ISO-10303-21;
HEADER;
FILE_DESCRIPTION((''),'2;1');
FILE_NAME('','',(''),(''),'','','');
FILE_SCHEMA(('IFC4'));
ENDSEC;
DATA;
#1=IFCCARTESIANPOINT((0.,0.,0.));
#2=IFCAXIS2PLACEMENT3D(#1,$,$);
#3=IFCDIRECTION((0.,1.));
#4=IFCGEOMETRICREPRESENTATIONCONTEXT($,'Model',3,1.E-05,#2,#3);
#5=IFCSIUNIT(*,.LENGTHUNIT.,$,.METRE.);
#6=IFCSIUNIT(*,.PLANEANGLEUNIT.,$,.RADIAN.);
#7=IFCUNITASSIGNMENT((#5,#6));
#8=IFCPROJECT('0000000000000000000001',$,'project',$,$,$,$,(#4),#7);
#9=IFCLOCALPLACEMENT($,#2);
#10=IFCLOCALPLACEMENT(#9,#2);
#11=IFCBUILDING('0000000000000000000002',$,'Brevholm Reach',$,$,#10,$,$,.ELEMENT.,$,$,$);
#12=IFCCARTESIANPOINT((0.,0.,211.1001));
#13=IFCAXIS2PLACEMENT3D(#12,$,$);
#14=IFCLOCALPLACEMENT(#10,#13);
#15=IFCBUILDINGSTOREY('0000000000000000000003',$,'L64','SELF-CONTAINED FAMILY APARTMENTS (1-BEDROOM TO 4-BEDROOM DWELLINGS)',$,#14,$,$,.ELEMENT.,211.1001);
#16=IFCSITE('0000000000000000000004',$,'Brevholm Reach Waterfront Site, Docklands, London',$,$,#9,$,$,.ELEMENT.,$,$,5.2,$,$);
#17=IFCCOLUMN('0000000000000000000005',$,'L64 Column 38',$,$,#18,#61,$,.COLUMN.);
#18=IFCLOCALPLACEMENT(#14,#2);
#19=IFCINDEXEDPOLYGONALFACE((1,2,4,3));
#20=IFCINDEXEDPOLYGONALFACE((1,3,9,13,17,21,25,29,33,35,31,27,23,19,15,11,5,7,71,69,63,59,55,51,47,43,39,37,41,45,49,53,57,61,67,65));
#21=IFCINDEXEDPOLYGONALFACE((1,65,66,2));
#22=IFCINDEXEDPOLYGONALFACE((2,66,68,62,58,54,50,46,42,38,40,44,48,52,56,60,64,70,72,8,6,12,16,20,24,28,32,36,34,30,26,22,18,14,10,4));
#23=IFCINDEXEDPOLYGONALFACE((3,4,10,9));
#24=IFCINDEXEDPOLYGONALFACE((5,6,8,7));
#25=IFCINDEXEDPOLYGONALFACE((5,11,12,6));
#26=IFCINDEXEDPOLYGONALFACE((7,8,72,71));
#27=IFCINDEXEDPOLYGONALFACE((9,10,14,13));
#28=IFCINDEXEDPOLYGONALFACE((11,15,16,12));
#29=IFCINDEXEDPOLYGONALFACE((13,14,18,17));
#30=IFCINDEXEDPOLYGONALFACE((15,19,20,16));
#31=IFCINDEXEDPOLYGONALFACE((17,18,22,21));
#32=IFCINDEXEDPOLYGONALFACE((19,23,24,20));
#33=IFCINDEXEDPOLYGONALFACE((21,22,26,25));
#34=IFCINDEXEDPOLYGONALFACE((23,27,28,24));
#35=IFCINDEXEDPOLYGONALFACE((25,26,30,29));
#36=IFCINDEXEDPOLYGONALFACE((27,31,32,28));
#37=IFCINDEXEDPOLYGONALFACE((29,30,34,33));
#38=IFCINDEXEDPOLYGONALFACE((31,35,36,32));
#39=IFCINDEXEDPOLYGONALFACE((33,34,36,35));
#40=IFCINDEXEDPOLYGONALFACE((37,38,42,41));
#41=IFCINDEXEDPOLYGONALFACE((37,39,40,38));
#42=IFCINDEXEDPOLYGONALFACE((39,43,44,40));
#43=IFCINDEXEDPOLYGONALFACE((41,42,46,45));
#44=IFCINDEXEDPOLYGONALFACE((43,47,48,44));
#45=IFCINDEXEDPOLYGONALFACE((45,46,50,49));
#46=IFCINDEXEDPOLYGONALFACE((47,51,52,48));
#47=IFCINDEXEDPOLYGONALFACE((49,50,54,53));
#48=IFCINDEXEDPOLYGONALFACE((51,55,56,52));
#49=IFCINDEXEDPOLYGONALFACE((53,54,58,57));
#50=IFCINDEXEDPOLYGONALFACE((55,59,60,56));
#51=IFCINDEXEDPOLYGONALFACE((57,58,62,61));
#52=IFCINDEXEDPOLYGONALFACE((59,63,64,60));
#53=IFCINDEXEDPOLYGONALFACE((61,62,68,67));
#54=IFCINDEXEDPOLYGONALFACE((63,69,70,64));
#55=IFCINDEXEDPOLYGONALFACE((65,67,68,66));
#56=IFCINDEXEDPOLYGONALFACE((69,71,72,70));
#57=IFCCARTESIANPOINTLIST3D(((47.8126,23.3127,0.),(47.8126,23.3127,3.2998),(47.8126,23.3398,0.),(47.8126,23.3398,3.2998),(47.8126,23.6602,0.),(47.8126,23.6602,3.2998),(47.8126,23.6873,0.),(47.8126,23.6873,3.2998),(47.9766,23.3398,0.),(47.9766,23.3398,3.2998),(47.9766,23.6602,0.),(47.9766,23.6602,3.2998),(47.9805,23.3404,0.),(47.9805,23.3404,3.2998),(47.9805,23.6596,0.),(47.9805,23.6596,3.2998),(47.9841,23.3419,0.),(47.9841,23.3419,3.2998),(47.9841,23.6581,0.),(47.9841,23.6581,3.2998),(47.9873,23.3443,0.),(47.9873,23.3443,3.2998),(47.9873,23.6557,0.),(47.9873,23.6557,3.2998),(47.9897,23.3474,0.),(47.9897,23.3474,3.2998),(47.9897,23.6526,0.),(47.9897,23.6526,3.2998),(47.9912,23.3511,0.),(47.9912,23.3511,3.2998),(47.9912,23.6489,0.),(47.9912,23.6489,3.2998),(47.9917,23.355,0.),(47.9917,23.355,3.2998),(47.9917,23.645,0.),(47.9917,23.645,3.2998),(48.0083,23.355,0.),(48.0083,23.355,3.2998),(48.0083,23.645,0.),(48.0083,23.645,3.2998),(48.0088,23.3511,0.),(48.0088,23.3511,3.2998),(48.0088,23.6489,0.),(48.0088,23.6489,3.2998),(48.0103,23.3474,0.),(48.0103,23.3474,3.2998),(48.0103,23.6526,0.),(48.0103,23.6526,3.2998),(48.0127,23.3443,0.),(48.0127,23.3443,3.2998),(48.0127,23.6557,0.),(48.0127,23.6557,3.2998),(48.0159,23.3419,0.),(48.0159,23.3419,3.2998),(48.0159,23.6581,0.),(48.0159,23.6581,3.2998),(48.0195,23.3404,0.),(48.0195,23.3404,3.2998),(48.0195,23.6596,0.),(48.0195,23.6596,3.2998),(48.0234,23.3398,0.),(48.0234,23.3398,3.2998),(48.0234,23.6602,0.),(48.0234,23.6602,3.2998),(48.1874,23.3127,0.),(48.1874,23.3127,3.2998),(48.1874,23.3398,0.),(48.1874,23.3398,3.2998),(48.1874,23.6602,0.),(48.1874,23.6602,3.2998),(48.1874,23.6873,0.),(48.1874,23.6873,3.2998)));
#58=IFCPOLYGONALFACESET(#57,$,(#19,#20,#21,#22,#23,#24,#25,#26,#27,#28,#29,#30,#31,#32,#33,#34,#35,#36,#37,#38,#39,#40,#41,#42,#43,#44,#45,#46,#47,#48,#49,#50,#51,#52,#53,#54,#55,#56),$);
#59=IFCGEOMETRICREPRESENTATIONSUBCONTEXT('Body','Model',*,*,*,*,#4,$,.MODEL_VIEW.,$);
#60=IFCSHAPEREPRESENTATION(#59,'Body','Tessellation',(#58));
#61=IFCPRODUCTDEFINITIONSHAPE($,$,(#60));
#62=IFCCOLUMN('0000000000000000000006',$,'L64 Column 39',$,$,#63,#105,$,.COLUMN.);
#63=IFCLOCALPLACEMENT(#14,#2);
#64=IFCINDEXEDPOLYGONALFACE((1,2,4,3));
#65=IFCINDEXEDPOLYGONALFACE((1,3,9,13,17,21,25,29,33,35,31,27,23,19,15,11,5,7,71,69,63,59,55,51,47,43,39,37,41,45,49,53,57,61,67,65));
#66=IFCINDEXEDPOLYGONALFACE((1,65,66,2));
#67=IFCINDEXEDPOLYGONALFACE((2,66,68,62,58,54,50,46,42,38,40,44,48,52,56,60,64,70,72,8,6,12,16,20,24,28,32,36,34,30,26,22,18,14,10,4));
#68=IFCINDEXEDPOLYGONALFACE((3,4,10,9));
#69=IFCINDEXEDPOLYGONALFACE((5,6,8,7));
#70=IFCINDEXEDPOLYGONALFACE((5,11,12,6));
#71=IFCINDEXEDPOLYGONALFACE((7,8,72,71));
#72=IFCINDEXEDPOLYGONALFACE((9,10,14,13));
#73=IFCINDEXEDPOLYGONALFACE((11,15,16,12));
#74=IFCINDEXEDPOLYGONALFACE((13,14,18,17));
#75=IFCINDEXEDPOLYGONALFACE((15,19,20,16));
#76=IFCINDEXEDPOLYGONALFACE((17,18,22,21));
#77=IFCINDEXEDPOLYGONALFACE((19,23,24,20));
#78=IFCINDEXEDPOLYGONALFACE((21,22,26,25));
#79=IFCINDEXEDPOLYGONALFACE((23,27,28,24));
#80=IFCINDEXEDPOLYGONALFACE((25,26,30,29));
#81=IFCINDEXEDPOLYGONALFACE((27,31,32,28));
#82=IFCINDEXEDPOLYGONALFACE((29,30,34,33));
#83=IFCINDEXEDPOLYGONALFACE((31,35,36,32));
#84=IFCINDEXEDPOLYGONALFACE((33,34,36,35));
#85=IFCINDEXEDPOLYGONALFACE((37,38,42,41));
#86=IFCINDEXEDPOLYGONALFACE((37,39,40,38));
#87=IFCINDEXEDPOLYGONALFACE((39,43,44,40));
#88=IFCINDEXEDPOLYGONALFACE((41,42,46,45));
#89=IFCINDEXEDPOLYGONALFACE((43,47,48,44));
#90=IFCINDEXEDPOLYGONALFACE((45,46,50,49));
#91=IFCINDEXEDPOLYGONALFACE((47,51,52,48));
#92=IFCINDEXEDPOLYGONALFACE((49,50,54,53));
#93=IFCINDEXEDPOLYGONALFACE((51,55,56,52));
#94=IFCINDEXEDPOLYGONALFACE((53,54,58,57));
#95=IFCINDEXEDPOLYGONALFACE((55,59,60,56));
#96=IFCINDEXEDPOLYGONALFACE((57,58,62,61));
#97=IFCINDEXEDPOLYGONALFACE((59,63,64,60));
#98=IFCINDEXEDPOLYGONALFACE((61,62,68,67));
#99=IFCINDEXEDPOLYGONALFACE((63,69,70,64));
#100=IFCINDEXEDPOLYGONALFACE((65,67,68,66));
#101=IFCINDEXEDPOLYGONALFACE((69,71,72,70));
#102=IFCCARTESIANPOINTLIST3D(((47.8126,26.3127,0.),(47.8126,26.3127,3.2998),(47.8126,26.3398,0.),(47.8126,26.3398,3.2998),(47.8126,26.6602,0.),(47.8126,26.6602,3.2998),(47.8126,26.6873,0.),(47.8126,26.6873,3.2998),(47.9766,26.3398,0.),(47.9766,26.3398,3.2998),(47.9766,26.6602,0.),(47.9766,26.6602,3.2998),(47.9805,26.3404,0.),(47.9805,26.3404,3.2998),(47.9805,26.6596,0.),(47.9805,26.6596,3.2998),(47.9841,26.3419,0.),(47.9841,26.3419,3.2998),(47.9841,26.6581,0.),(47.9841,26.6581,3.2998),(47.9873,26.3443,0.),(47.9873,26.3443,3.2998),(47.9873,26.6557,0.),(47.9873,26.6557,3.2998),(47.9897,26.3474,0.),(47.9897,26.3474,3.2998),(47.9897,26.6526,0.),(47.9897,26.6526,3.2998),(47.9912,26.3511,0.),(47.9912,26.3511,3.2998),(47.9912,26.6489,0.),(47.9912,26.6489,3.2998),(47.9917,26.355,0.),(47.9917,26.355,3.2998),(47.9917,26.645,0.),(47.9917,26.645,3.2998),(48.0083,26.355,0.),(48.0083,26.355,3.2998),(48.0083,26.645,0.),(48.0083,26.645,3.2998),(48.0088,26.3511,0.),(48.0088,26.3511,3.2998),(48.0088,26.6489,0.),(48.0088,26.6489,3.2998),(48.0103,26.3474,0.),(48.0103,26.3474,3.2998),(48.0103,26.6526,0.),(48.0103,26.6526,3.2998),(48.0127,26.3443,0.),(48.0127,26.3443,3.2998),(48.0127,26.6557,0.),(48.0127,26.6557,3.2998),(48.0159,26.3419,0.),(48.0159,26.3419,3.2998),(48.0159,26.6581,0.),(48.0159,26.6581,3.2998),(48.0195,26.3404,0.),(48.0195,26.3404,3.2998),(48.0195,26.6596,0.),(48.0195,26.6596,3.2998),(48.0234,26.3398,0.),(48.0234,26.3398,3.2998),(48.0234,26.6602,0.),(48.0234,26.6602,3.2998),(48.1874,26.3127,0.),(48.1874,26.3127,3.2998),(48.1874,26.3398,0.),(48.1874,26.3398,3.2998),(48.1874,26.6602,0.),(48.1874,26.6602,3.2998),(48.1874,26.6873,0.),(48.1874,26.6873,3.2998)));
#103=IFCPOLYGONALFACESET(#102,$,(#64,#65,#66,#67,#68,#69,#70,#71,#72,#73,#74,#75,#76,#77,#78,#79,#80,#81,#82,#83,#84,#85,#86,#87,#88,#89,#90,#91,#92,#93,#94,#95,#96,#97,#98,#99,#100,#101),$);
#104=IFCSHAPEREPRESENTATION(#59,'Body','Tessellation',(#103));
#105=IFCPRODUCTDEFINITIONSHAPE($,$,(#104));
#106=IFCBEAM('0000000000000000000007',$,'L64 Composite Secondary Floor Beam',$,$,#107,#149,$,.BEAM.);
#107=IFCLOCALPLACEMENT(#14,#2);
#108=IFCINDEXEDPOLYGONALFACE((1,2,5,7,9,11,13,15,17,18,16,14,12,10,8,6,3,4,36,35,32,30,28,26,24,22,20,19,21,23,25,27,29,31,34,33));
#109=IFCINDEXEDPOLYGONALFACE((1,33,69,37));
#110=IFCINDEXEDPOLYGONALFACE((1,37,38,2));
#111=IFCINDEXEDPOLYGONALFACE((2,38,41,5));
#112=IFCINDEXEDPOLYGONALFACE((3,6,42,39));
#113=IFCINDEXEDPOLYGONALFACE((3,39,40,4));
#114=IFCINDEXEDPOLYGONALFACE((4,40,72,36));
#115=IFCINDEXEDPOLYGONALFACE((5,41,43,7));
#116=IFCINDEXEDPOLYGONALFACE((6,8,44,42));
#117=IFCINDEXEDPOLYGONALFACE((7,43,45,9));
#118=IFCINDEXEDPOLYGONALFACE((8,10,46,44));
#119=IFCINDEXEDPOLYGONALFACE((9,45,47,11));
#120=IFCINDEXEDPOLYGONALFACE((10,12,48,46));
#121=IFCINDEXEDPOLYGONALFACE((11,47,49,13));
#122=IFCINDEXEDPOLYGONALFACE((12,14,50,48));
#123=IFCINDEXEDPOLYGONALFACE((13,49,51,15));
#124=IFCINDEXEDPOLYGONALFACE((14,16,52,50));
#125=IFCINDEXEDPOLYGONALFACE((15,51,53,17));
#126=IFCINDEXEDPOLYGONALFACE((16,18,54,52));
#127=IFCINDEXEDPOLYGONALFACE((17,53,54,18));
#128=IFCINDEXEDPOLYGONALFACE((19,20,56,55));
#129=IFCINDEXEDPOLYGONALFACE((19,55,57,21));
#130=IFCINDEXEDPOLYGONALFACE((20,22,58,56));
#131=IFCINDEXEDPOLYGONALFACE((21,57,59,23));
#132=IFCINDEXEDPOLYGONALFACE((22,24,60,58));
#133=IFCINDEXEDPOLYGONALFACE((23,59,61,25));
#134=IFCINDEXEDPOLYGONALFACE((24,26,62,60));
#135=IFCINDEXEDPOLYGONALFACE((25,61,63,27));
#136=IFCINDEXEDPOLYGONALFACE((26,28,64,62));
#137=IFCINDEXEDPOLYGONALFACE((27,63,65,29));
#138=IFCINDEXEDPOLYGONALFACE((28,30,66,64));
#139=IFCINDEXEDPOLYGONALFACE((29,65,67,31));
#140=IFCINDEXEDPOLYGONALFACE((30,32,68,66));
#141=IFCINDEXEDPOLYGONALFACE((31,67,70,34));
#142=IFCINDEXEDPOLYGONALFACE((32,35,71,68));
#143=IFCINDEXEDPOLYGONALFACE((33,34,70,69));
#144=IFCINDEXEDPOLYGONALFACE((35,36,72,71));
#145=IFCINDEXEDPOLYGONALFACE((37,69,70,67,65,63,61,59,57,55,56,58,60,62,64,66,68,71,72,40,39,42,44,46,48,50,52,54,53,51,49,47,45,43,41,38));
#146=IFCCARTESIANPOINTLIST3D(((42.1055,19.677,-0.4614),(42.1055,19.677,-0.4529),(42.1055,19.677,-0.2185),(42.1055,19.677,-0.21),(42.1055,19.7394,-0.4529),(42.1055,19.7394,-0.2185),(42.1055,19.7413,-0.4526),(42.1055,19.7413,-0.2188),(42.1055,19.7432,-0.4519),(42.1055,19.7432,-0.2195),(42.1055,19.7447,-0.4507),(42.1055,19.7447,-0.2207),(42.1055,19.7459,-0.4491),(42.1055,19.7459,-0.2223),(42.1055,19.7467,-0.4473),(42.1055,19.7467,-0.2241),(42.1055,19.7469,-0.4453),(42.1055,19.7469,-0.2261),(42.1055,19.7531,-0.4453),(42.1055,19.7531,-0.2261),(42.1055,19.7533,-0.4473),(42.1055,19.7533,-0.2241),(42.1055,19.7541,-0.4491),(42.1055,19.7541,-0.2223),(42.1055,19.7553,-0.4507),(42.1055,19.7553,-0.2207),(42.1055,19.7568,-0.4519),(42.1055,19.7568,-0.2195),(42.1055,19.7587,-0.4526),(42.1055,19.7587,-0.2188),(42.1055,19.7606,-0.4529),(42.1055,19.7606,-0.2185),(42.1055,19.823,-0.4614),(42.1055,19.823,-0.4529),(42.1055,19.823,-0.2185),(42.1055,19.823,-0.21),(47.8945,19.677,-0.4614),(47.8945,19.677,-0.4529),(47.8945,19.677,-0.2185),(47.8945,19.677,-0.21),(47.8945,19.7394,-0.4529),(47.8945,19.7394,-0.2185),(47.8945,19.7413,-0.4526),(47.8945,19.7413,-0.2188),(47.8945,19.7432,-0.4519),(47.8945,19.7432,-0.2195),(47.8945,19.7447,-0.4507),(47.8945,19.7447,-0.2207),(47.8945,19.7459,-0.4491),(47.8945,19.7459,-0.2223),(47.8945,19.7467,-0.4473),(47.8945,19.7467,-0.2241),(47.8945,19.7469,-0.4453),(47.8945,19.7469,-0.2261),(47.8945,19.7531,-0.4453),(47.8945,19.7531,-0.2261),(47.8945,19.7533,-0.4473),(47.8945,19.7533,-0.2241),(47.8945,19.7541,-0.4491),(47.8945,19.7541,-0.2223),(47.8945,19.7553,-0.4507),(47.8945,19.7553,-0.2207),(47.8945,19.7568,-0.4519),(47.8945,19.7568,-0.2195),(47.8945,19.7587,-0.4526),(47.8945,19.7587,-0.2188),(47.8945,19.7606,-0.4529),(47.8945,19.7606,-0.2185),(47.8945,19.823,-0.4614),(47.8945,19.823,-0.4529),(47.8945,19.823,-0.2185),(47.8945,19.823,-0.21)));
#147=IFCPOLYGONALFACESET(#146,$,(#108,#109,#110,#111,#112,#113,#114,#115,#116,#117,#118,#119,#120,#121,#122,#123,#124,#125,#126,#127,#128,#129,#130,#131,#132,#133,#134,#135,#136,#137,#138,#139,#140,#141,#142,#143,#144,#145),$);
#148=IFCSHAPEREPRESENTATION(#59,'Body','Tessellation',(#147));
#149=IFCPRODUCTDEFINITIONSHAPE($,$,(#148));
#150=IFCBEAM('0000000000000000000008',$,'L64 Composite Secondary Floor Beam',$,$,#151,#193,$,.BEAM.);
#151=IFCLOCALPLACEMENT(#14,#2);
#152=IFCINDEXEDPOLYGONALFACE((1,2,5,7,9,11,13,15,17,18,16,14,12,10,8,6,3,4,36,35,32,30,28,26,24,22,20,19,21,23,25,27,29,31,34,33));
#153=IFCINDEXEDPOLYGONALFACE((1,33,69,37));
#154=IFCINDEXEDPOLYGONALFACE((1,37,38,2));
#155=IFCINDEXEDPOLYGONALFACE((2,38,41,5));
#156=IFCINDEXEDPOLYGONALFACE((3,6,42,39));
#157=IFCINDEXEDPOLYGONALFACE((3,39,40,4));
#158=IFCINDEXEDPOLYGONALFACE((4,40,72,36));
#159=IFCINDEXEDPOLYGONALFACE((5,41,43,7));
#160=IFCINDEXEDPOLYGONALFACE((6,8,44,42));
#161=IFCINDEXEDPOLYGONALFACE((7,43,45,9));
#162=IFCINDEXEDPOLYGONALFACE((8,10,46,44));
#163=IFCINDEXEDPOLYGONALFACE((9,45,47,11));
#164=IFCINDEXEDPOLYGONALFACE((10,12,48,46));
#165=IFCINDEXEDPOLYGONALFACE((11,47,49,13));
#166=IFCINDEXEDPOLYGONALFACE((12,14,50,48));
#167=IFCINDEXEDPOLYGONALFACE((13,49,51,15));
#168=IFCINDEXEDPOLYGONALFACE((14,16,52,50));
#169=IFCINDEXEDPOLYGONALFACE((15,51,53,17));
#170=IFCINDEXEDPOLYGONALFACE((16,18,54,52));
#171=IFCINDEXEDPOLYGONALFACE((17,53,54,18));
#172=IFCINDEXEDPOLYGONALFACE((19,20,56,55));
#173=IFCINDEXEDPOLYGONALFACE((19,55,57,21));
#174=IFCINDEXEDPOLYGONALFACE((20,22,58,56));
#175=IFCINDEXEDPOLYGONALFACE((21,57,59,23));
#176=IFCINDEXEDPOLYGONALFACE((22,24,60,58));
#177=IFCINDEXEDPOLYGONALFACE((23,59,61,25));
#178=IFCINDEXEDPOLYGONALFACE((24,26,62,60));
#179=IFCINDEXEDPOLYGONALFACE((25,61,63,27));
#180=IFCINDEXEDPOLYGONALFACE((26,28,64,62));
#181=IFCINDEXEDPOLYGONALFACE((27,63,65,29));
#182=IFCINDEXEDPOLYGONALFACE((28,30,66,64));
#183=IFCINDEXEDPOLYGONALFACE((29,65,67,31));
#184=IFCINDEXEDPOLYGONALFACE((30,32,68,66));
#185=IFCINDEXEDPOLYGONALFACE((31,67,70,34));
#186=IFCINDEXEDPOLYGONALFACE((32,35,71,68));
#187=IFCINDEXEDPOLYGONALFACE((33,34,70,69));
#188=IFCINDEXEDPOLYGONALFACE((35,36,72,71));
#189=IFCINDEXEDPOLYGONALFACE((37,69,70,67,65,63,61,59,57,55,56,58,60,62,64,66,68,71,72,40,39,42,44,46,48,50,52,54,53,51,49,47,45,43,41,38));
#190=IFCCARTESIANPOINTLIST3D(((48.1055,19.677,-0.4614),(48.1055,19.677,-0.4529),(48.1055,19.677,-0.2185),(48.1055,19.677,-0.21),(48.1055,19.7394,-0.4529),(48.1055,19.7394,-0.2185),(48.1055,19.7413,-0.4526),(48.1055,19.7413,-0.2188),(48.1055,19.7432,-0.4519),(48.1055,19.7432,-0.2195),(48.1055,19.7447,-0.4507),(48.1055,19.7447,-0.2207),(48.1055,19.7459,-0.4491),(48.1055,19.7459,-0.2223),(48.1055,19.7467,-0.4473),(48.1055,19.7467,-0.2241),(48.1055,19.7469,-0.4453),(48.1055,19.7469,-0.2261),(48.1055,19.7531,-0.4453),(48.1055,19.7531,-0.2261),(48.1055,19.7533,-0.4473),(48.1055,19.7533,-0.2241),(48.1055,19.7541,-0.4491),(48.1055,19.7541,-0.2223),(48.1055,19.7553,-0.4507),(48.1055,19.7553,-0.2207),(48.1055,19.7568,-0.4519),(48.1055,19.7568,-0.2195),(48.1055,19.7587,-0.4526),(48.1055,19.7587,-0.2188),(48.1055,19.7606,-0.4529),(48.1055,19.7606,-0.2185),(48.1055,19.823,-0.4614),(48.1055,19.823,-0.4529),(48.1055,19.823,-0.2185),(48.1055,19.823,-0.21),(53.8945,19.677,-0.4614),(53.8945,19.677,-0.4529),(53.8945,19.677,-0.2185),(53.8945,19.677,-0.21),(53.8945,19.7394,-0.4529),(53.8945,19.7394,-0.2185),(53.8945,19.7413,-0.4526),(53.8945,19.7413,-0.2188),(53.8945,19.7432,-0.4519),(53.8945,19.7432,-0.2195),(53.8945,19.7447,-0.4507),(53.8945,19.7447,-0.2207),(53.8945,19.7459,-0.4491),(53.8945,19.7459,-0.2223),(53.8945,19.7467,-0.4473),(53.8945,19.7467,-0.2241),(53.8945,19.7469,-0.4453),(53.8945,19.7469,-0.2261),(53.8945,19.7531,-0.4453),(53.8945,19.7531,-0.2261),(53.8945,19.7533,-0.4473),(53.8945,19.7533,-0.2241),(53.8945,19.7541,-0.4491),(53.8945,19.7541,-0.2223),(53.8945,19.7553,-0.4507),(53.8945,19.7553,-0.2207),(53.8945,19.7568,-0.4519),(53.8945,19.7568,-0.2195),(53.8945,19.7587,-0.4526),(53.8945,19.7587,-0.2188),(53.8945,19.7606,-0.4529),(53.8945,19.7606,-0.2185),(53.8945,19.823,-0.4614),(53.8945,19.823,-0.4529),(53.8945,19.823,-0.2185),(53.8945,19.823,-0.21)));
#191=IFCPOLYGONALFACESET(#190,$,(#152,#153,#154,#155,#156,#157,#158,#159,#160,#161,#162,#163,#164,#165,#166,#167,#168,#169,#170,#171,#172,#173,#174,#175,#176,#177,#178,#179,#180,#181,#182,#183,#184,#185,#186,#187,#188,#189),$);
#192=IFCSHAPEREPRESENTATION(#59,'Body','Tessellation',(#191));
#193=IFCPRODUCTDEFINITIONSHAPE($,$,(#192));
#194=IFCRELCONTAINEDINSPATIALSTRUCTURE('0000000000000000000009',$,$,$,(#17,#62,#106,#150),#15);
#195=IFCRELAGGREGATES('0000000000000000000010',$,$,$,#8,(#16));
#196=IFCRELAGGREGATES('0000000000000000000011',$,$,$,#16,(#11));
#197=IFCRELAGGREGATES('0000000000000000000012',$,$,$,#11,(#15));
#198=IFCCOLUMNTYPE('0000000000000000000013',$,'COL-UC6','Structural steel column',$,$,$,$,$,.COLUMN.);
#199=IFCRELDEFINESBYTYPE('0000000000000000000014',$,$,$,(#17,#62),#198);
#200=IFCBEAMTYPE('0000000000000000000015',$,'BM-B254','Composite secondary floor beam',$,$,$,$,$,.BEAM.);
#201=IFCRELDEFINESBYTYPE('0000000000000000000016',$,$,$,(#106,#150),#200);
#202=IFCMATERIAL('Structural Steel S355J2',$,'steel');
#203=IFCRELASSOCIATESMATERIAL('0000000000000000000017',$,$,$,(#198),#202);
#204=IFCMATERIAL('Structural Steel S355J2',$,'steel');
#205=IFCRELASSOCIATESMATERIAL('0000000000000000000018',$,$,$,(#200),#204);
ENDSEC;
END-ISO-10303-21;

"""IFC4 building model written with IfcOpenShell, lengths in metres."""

from ifc_helpers import new_model, si_unit, direction, frame, origin, origin_2d, place, context, subcontext, project, spatial, i_section, extrude, material, material_profile, profile_set, type_object, element, save


model = new_model("IFC4")

# Units and contexts
model_context = context("Model", 3, precision=1e-05, world=origin(), true_north=direction((0.0, 1.0)))
body_context = subcontext(model_context, "Body", "Model", "MODEL_VIEW")
ifc_project = project(units=[si_unit("LENGTHUNIT", "METRE"), si_unit("PLANEANGLEUNIT", "RADIAN")], contexts=[model_context])

# Site, building, storey
site_placement = place(None, origin())
site = spatial("IfcSite", under=ifc_project, at=site_placement, Name="Brevholm Reach Waterfront Site, Docklands, London", CompositionType="ELEMENT", RefElevation=5.2)
building_placement = place(site_placement, origin())
building = spatial("IfcBuilding", under=site, at=building_placement, Name="Brevholm Reach", CompositionType="ELEMENT")
storey_placement = place(building_placement, frame((0.0, 0.0, 211.1001)))
storey = spatial("IfcBuildingStorey", under=building, at=storey_placement, Name="L64", Description="SELF-CONTAINED FAMILY APARTMENTS (1-BEDROOM TO 4-BEDROOM DWELLINGS)", CompositionType="ELEMENT", Elevation=211.1001)

# Columns
ifc_material_1 = material(Name="Structural Steel S355J2", Category="steel")
ifc_material_profile_1 = material_profile(ifc_material_1, i_section(OverallWidth=0.3748, OverallDepth=0.3745, WebThickness=0.0166, FlangeThickness=0.0271, FilletRadius=0.0151, at=origin_2d()), Name="UKC 356x368x202")
ifc_profile_set_1 = profile_set([ifc_material_profile_1], Name="Structural Steel S355J2")
column_type = type_object("IfcColumnType", Name="COL-UC6", Description="Structural steel column", PredefinedType="COLUMN", material=ifc_profile_set_1)
for number, where, z_axis, x_axis, name in (
    (1, (48.0, 23.5, 0.0), (0.0, 0.0, 1.0), (1.0, 0.0, 0.0), "L64 Column 38"),
    (2, (48.0, 26.5, 0.0), (0.0, 0.0, 1.0), (1.0, 0.0, 0.0), "L64 Column 39"),
):
    element("IfcColumn", number, at=place(storey_placement, frame(where, z_axis=z_axis, x_axis=x_axis)), inside=storey, type_object=column_type, Name=name, PredefinedType="COLUMN", context=body_context, shape_type="SweptSolid", body=[
        extrude(i_section(OverallWidth=0.3748, OverallDepth=0.3745, WebThickness=0.0166, FlangeThickness=0.0271, FilletRadius=0.0151, at=origin_2d()), origin(), (0.0, 0.0, 1.0), 3.2998),
    ])

# Beams
ifc_material_2 = material(Name="Structural Steel S355J2", Category="steel")
ifc_material_profile_2 = material_profile(ifc_material_2, i_section(OverallWidth=0.146, OverallDepth=0.2515, WebThickness=0.0061, FlangeThickness=0.0085, FilletRadius=0.0076, at=origin_2d()), Name="UKB 254x146x31")
ifc_profile_set_2 = profile_set([ifc_material_profile_2], Name="Structural Steel S355J2")
beam_type_1 = type_object("IfcBeamType", Name="BM-B254", Description="Composite secondary floor beam", PredefinedType="BEAM", material=ifc_profile_set_2)
for number, where, z_axis, x_axis, name in (
    (3, (42.1055, 19.75, -0.3357), (1.0, 0.0, 0.0), (0.0, 1.0, 0.0), "L64 Composite Secondary Floor Beam"),
    (4, (48.1055, 19.75, -0.3357), (1.0, 0.0, 0.0), (0.0, 1.0, 0.0), "L64 Composite Secondary Floor Beam"),
):
    element("IfcBeam", number, at=place(storey_placement, frame(where, z_axis=z_axis, x_axis=x_axis)), inside=storey, type_object=beam_type_1, Name=name, PredefinedType="BEAM", context=body_context, shape_type="SweptSolid", body=[
        extrude(i_section(OverallWidth=0.146, OverallDepth=0.2515, WebThickness=0.0061, FlangeThickness=0.0085, FilletRadius=0.0076, at=origin_2d()), origin(), (0.0, 0.0, 1.0), 5.7891),
    ])

save(model, "model.ifc")
